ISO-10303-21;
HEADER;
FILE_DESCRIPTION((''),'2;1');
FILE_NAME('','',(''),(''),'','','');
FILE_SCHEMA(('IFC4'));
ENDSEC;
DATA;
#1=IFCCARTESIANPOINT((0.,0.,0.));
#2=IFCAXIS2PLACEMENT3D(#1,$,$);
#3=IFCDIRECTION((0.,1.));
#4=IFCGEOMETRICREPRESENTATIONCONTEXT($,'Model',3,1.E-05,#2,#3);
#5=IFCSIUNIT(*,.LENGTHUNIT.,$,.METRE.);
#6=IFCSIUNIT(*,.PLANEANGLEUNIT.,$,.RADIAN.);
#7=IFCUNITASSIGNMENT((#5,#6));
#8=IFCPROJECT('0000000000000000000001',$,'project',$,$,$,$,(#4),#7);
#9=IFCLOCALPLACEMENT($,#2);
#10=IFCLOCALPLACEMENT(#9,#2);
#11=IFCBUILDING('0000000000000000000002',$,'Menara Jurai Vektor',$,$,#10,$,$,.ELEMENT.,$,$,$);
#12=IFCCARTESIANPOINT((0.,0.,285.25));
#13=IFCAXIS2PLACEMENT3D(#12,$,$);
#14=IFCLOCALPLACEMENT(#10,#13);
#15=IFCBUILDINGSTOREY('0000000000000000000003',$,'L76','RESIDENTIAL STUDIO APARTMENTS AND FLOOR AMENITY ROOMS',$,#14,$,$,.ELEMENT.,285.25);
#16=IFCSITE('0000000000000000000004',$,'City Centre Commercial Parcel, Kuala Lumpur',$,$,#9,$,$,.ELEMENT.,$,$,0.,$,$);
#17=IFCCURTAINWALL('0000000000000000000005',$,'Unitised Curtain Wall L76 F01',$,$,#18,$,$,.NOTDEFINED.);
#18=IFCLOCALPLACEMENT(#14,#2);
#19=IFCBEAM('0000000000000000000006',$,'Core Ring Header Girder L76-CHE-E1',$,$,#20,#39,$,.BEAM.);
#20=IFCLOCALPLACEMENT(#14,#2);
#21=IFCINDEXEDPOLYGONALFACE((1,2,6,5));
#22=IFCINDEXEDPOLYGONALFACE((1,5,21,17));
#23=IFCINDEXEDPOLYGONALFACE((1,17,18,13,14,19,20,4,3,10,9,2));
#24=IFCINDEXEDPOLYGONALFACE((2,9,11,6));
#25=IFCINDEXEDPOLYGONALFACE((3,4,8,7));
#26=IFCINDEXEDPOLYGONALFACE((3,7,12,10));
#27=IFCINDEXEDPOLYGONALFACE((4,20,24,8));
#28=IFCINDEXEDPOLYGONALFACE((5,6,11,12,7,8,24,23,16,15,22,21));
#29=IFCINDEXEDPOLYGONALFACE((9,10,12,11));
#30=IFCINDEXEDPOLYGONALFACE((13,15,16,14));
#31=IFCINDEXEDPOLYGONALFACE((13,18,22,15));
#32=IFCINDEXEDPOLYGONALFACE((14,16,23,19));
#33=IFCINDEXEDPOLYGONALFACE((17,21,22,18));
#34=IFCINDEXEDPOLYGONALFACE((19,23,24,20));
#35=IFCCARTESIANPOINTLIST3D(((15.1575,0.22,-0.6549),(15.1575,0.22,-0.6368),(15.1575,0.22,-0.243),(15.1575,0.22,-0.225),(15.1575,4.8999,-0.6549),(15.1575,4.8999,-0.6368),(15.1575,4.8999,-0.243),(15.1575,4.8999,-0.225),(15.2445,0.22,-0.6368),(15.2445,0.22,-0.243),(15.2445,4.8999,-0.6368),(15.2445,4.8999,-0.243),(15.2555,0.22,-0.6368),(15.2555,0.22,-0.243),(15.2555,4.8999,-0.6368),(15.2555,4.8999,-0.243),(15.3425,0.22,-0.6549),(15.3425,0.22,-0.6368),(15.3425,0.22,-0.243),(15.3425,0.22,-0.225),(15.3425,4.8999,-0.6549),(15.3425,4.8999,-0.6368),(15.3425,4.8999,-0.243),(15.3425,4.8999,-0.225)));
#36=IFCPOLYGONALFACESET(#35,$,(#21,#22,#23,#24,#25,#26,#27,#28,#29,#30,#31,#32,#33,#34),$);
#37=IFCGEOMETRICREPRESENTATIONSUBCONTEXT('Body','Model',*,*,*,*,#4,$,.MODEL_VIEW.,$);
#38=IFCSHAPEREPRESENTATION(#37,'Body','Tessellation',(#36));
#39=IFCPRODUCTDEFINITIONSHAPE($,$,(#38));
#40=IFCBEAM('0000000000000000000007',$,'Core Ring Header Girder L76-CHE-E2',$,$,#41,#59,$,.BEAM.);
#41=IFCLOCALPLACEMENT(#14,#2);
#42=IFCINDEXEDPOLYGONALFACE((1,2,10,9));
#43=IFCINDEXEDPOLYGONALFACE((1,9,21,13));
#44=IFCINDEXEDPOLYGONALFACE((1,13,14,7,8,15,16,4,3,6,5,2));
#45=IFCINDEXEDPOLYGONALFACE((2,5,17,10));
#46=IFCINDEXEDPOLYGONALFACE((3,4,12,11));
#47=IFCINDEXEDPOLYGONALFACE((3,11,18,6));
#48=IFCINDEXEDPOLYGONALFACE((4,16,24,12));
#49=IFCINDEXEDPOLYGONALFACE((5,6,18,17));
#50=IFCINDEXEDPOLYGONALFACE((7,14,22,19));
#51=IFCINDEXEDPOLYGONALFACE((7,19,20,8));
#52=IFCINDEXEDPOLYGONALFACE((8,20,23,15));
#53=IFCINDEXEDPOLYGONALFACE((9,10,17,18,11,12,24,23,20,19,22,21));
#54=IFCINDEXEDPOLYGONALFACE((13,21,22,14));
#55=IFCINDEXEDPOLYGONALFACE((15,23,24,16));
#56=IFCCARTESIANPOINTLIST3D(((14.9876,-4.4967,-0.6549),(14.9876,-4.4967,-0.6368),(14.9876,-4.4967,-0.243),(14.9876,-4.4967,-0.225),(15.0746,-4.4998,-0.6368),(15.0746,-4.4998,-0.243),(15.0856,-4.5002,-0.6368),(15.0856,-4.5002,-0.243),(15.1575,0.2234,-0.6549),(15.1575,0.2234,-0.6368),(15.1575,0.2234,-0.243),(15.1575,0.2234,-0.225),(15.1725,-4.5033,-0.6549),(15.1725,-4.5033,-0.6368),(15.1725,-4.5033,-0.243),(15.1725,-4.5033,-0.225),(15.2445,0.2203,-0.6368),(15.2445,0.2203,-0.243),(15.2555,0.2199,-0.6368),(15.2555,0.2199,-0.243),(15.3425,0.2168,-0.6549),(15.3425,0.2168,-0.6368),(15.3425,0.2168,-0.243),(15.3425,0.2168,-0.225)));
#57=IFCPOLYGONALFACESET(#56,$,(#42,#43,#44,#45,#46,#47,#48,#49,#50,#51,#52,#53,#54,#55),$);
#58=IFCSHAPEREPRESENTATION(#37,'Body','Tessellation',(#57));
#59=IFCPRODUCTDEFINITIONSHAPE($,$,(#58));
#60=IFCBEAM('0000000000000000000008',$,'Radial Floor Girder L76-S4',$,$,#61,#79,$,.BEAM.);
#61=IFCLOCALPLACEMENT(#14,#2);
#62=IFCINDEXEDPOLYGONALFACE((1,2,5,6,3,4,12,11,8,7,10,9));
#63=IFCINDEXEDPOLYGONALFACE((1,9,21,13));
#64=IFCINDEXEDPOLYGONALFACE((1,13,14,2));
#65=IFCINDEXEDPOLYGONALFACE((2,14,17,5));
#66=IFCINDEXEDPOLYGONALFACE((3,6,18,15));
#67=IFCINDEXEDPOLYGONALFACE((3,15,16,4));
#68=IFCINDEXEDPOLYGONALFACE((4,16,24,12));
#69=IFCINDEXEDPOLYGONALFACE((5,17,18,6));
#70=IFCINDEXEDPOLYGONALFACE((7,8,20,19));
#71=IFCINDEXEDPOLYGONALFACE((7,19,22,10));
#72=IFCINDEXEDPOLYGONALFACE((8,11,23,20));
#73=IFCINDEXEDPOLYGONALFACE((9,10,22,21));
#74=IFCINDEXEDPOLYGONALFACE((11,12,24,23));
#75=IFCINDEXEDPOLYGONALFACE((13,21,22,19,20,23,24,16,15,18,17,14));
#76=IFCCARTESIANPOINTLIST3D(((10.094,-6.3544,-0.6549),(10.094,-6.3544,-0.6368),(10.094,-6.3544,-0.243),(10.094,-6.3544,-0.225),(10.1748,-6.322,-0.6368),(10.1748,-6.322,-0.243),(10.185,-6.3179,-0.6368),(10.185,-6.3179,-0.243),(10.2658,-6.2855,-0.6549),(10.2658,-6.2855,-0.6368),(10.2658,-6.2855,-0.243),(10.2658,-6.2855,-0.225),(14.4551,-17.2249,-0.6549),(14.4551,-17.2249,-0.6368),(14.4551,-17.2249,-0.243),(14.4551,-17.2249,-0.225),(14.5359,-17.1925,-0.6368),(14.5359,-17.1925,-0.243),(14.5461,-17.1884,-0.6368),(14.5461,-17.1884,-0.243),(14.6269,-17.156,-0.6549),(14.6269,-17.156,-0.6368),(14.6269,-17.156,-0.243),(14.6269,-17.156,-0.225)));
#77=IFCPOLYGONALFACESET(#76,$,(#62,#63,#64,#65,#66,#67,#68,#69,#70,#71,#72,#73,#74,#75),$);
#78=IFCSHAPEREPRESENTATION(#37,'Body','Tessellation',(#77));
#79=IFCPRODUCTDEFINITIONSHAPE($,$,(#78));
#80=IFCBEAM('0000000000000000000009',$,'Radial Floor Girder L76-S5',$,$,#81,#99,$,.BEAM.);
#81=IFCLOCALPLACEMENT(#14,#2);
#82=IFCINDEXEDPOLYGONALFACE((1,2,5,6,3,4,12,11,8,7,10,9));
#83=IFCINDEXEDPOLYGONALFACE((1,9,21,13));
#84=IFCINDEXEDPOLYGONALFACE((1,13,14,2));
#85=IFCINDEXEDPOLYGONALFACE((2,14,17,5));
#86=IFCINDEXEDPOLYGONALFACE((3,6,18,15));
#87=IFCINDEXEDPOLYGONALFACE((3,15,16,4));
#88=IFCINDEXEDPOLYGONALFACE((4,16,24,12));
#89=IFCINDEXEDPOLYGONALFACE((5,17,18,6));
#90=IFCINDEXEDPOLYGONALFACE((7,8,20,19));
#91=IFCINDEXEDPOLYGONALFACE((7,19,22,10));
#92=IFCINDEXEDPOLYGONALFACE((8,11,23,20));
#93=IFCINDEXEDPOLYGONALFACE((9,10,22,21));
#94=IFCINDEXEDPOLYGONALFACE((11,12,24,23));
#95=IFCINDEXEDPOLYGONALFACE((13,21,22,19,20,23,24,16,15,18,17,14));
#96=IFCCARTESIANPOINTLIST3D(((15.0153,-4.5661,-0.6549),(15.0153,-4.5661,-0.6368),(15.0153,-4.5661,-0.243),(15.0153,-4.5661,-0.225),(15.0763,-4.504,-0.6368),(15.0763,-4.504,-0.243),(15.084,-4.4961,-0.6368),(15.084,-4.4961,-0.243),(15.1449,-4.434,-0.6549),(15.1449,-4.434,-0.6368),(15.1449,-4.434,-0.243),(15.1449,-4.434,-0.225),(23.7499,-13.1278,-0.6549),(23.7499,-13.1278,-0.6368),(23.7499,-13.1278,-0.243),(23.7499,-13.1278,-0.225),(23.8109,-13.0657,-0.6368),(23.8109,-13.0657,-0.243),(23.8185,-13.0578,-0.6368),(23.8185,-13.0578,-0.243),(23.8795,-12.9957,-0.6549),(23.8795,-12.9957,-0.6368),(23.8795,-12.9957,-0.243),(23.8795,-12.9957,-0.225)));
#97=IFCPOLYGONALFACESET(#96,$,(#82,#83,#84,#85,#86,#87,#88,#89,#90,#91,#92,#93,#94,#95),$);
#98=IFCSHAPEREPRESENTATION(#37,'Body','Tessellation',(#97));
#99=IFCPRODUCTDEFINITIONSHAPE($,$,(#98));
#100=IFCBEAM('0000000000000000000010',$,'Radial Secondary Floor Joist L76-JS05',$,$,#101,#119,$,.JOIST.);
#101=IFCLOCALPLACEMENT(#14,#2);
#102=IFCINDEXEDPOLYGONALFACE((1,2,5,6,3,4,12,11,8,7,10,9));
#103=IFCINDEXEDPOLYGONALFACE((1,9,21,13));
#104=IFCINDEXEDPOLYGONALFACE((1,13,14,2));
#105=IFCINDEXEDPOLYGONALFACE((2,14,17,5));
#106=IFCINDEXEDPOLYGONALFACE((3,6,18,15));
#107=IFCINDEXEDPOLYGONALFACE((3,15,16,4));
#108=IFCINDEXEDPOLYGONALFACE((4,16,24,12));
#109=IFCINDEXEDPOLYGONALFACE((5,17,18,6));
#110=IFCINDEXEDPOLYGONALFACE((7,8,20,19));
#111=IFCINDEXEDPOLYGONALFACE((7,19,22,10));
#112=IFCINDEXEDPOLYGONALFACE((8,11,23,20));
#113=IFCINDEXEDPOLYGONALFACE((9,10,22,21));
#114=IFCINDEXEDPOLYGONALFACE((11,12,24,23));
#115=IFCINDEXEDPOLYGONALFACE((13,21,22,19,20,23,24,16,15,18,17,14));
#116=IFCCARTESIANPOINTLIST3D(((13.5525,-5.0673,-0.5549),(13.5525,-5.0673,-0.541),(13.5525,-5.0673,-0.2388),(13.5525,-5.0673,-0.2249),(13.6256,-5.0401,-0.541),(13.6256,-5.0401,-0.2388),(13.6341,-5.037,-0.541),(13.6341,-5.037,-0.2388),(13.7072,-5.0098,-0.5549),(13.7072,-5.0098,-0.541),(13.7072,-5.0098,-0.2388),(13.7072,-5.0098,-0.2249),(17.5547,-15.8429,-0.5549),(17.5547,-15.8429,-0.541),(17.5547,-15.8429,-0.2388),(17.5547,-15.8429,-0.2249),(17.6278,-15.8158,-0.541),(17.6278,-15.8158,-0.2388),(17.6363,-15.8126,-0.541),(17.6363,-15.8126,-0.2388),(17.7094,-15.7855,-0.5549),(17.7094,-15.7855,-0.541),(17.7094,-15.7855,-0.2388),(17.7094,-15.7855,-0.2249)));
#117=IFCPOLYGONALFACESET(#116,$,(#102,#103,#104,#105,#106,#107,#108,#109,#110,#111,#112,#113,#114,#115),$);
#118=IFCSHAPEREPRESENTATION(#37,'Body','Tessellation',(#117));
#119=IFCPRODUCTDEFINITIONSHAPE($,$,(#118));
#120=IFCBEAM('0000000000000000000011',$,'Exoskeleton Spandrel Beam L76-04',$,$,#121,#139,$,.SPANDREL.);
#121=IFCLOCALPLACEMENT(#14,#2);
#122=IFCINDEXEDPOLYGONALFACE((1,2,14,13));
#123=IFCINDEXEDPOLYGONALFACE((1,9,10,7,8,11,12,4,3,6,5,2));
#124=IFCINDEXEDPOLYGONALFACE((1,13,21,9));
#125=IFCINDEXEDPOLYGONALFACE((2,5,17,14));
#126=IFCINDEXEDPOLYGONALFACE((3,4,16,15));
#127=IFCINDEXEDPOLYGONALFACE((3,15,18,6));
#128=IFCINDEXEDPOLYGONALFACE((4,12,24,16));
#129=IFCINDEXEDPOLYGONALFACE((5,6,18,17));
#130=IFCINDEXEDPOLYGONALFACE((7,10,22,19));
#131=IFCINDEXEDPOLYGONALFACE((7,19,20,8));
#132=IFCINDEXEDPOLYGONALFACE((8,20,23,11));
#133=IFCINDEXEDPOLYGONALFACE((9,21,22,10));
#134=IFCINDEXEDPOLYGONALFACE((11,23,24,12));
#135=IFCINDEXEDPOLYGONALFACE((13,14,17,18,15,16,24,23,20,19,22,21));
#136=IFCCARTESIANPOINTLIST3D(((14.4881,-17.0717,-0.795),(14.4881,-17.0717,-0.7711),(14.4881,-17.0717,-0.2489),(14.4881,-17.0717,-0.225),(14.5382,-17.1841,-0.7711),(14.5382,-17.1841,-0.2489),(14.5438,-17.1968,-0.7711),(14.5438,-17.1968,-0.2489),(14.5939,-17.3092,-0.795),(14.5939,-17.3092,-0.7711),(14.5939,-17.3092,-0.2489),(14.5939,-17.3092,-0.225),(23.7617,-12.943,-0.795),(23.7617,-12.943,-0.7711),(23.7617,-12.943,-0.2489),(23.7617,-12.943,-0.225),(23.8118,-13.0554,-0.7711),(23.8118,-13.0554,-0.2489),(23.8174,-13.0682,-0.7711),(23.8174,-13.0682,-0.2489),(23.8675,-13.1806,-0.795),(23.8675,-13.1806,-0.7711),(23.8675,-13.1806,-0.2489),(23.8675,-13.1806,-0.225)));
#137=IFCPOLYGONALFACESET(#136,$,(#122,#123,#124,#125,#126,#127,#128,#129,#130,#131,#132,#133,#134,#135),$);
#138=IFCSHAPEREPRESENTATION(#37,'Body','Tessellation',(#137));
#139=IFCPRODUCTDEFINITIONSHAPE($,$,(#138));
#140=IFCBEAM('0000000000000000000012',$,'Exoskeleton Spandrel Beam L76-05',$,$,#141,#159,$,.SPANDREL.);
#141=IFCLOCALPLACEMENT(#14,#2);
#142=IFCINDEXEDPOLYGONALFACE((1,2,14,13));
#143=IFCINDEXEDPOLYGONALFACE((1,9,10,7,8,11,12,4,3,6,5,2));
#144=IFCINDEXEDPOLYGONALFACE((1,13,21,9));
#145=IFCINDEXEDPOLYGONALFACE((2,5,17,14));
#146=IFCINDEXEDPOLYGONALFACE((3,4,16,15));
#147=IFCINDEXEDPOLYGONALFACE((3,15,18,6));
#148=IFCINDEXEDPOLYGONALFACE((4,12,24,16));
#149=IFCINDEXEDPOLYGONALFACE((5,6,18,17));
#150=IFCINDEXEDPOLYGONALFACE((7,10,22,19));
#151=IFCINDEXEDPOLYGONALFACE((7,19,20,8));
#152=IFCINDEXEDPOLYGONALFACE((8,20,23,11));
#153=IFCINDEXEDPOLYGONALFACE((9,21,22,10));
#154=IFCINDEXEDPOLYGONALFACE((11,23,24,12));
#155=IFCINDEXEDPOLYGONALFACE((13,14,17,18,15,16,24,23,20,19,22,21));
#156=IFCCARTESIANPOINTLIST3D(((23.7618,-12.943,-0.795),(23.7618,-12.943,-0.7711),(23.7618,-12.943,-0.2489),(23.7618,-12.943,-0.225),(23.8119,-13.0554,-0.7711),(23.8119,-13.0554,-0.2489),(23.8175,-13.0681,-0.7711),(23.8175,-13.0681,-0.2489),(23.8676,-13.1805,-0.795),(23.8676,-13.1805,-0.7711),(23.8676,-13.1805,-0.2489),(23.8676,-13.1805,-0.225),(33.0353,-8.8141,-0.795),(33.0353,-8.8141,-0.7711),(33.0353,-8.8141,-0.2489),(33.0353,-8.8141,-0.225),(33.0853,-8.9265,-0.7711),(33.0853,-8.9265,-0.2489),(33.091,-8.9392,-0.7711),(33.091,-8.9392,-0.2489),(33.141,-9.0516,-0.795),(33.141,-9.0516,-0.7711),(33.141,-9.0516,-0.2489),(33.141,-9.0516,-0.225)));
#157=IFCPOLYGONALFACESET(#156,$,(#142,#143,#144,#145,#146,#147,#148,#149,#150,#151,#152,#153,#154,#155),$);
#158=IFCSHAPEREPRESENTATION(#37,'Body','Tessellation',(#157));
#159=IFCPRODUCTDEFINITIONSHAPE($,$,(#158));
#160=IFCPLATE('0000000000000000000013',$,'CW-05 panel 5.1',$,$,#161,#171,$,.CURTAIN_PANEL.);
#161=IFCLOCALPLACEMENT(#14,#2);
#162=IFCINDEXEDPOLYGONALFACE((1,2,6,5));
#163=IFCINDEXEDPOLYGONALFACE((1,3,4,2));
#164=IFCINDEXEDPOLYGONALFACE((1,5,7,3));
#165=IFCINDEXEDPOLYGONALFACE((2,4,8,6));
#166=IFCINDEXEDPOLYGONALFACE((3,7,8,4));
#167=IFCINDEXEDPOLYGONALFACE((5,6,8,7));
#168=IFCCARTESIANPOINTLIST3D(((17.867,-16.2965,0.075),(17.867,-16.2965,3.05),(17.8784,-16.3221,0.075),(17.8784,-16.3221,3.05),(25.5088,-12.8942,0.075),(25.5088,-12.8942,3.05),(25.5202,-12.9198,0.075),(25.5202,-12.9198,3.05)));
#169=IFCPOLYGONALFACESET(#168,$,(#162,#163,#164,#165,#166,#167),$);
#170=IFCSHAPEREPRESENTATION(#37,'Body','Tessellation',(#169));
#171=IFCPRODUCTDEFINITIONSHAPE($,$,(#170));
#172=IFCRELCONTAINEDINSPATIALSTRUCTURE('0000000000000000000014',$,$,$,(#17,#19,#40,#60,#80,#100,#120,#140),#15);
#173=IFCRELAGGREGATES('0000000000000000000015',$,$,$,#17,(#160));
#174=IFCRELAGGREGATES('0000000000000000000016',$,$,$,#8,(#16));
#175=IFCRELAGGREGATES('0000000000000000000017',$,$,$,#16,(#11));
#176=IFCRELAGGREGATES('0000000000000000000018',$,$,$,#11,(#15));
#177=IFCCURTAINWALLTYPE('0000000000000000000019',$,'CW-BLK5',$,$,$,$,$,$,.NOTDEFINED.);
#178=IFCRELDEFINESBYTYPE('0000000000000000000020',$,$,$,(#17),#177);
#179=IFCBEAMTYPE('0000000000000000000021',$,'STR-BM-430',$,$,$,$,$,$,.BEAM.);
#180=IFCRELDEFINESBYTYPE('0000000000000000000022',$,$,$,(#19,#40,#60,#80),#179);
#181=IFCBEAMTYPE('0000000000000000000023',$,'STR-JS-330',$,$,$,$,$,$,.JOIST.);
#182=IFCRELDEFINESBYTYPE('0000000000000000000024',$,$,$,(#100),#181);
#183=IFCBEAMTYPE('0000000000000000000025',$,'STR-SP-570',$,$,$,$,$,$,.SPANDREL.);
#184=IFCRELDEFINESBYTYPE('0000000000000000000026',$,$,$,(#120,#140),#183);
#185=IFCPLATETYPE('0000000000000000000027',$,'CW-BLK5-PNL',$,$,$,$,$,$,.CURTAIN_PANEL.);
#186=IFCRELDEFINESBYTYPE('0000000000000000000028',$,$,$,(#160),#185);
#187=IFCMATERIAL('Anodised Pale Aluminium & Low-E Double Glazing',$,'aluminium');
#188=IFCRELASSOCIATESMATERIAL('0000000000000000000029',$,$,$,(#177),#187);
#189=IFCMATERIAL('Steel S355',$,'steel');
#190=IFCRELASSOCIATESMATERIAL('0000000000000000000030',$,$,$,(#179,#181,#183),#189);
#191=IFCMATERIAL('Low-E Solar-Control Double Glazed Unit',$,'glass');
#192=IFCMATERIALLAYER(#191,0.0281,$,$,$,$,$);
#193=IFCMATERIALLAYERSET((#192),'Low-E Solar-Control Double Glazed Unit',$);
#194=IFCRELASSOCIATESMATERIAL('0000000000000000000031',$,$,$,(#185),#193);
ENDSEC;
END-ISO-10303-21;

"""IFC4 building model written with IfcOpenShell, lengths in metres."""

from ifc_helpers import new_model, si_unit, direction, frame, origin, origin_2d, place, context, subcontext, project, spatial, rectangle, i_section, extrude, material, layer, layer_set, material_profile, profile_set, type_object, element, aggregate, save


model = new_model("IFC4")

# Units and contexts
model_context = context("Model", 3, precision=1e-05, world=origin(), true_north=direction((0.0, 1.0)))
body_context = subcontext(model_context, "Body", "Model", "MODEL_VIEW")
ifc_project = project(units=[si_unit("LENGTHUNIT", "METRE"), si_unit("PLANEANGLEUNIT", "RADIAN")], contexts=[model_context])

# Site, building, storey
site_placement = place(None, origin())
site = spatial("IfcSite", under=ifc_project, at=site_placement, Name="City Centre Commercial Parcel, Kuala Lumpur", CompositionType="ELEMENT", RefElevation=0.0)
building_placement = place(site_placement, origin())
building = spatial("IfcBuilding", under=site, at=building_placement, Name="Menara Jurai Vektor", CompositionType="ELEMENT")
storey_placement = place(building_placement, frame((0.0, 0.0, 285.25)))
storey = spatial("IfcBuildingStorey", under=building, at=storey_placement, Name="L76", Description="RESIDENTIAL STUDIO APARTMENTS AND FLOOR AMENITY ROOMS", CompositionType="ELEMENT", Elevation=285.25)

# Curtain wall
ifc_material_1 = material(Name="Anodised Pale Aluminium & Low-E Double Glazing", Category="aluminium")
curtain_wall_type = type_object("IfcCurtainWallType", Name="CW-BLK5", PredefinedType="NOTDEFINED", material=ifc_material_1)
curtain_wall_placement = place(storey_placement, origin())
curtain_wall = element("IfcCurtainWall", 1, at=curtain_wall_placement, inside=storey, type_object=curtain_wall_type, Name="Unitised Curtain Wall L76 F01", PredefinedType="NOTDEFINED")

# Beams
ifc_material_2 = material(Name="Steel S355", Category="steel")
ifc_material_profile_1 = material_profile(ifc_material_2, i_section(OverallWidth=0.1851, OverallDepth=0.4299, WebThickness=0.011, FlangeThickness=0.0181, at=origin_2d()), Name="PG 430x185x76")
ifc_profile_set_1 = profile_set([ifc_material_profile_1], Name="Steel S355")
beam_type_1 = type_object("IfcBeamType", Name="STR-BM-430", PredefinedType="BEAM", material=ifc_profile_set_1)
beam_1_placement = place(storey_placement, frame((15.25, 0.22, -0.4399), z_axis=(0.0, 1.0, 0.0), x_axis=(-1.0, 0.0, 0.0)))
element("IfcBeam", 2, at=beam_1_placement, inside=storey, type_object=beam_type_1, Name="Core Ring Header Girder L76-CHE-E1", PredefinedType="BEAM", context=body_context, shape_type="SweptSolid", body=[
    extrude(i_section(OverallWidth=0.1851, OverallDepth=0.4299, WebThickness=0.011, FlangeThickness=0.0181, at=origin_2d()), origin(), (0.0, 0.0, 1.0), 4.6799),
])
beam_2_placement = place(storey_placement, frame((15.0801, -4.5, -0.4399), z_axis=(0.035977, 0.999353, 0.0), x_axis=(-0.999353, 0.035977, 0.0)))
element("IfcBeam", 3, at=beam_2_placement, inside=storey, type_object=beam_type_1, Name="Core Ring Header Girder L76-CHE-E2", PredefinedType="BEAM", context=body_context, shape_type="SweptSolid", body=[
    extrude(i_section(OverallWidth=0.1851, OverallDepth=0.4299, WebThickness=0.011, FlangeThickness=0.0181, at=origin_2d()), origin(), (0.0, 0.0, 1.0), 4.7231),
])
beam_3_placement = place(storey_placement, frame((14.541, -17.1904, -0.4399), z_axis=(-0.372343, 0.928095, 0.0), x_axis=(-0.928095, -0.372343, 0.0)))
element("IfcBeam", 4, at=beam_3_placement, inside=storey, type_object=beam_type_1, Name="Radial Floor Girder L76-S4", PredefinedType="BEAM", context=body_context, shape_type="SweptSolid", body=[
    extrude(i_section(OverallWidth=0.1851, OverallDepth=0.4299, WebThickness=0.011, FlangeThickness=0.0181, at=origin_2d()), origin(), (0.0, 0.0, 1.0), 11.7126),
])
beam_4_placement = place(storey_placement, frame((23.8147, -13.0618, -0.4399), z_axis=(-0.714138, 0.700005, 0.0), x_axis=(-0.700005, -0.714138, 0.0)))
element("IfcBeam", 5, at=beam_4_placement, inside=storey, type_object=beam_type_1, Name="Radial Floor Girder L76-S5", PredefinedType="BEAM", context=body_context, shape_type="SweptSolid", body=[
    extrude(i_section(OverallWidth=0.1851, OverallDepth=0.4299, WebThickness=0.011, FlangeThickness=0.0181, at=origin_2d()), origin(), (0.0, 0.0, 1.0), 12.231),
])
ifc_material_profile_2 = material_profile(ifc_material_2, i_section(OverallWidth=0.165, OverallDepth=0.3301, WebThickness=0.009, FlangeThickness=0.0139, at=origin_2d()), Name="PG 330x165x46")
ifc_profile_set_2 = profile_set([ifc_material_profile_2], Name="Steel S355")
beam_type_2 = type_object("IfcBeamType", Name="STR-JS-330", PredefinedType="JOIST", material=ifc_profile_set_2)
beam_5_placement = place(storey_placement, frame((17.6321, -15.8142, -0.3899), z_axis=(-0.348173, 0.93743, 0.0), x_axis=(-0.93743, -0.348173, 0.0)))
element("IfcBeam", 6, at=beam_5_placement, inside=storey, type_object=beam_type_2, Name="Radial Secondary Floor Joist L76-JS05", PredefinedType="JOIST", context=body_context, shape_type="SweptSolid", body=[
    extrude(i_section(OverallWidth=0.165, OverallDepth=0.3301, WebThickness=0.009, FlangeThickness=0.0139, at=origin_2d()), origin(), (0.0, 0.0, 1.0), 11.4949),
])
ifc_material_profile_3 = material_profile(ifc_material_2, i_section(OverallWidth=0.26, OverallDepth=0.5701, WebThickness=0.0139, FlangeThickness=0.0239, at=origin_2d()), Name="PG 570x260x145")
ifc_profile_set_3 = profile_set([ifc_material_profile_3], Name="Steel S355")
beam_type_3 = type_object("IfcBeamType", Name="STR-SP-570", PredefinedType="SPANDREL", material=ifc_profile_set_3)
for number, where, z_axis, x_axis, name in (
    (7, (14.541, -17.1904, -0.51), (0.913554, 0.406716, 0.0), (-0.406716, 0.913554, 0.0), "Exoskeleton Spandrel Beam L76-04"),
    (8, (23.8147, -13.0618, -0.51), (0.913542, 0.406745, 0.0), (-0.406745, 0.913542, 0.0), "Exoskeleton Spandrel Beam L76-05"),
):
    element("IfcBeam", number, at=place(storey_placement, frame(where, z_axis=z_axis, x_axis=x_axis)), inside=storey, type_object=beam_type_3, Name=name, PredefinedType="SPANDREL", context=body_context, shape_type="SweptSolid", body=[
        extrude(i_section(OverallWidth=0.26, OverallDepth=0.5701, WebThickness=0.0139, FlangeThickness=0.0239, at=origin_2d()), origin(), (0.0, 0.0, 1.0), 10.1511),
    ])

# Plate
ifc_material_3 = material(Name="Low-E Solar-Control Double Glazed Unit", Category="glass")
ifc_layer_1 = layer(ifc_material_3, 0.0281)
ifc_layer_set_1 = layer_set([ifc_layer_1], Name="Low-E Solar-Control Double Glazed Unit")
plate_type = type_object("IfcPlateType", Name="CW-BLK5-PNL", PredefinedType="CURTAIN_PANEL", material=ifc_layer_set_1)
plate_placement = place(storey_placement, frame((21.6936, -14.6082, 0.075), z_axis=(0.0, 0.0, 1.0), x_axis=(0.913546, 0.406735, 0.0)))
plate = element("IfcPlate", 9, at=plate_placement, type_object=plate_type, Name="CW-05 panel 5.1", PredefinedType="CURTAIN_PANEL", context=body_context, shape_type="SweptSolid", body=[
    extrude(rectangle(XDim=8.365, YDim=0.0281, at=origin_2d()), origin(), (0.0, 0.0, 1.0), 2.9751),
])
aggregate(curtain_wall, [plate])

save(model, "model.ifc")
